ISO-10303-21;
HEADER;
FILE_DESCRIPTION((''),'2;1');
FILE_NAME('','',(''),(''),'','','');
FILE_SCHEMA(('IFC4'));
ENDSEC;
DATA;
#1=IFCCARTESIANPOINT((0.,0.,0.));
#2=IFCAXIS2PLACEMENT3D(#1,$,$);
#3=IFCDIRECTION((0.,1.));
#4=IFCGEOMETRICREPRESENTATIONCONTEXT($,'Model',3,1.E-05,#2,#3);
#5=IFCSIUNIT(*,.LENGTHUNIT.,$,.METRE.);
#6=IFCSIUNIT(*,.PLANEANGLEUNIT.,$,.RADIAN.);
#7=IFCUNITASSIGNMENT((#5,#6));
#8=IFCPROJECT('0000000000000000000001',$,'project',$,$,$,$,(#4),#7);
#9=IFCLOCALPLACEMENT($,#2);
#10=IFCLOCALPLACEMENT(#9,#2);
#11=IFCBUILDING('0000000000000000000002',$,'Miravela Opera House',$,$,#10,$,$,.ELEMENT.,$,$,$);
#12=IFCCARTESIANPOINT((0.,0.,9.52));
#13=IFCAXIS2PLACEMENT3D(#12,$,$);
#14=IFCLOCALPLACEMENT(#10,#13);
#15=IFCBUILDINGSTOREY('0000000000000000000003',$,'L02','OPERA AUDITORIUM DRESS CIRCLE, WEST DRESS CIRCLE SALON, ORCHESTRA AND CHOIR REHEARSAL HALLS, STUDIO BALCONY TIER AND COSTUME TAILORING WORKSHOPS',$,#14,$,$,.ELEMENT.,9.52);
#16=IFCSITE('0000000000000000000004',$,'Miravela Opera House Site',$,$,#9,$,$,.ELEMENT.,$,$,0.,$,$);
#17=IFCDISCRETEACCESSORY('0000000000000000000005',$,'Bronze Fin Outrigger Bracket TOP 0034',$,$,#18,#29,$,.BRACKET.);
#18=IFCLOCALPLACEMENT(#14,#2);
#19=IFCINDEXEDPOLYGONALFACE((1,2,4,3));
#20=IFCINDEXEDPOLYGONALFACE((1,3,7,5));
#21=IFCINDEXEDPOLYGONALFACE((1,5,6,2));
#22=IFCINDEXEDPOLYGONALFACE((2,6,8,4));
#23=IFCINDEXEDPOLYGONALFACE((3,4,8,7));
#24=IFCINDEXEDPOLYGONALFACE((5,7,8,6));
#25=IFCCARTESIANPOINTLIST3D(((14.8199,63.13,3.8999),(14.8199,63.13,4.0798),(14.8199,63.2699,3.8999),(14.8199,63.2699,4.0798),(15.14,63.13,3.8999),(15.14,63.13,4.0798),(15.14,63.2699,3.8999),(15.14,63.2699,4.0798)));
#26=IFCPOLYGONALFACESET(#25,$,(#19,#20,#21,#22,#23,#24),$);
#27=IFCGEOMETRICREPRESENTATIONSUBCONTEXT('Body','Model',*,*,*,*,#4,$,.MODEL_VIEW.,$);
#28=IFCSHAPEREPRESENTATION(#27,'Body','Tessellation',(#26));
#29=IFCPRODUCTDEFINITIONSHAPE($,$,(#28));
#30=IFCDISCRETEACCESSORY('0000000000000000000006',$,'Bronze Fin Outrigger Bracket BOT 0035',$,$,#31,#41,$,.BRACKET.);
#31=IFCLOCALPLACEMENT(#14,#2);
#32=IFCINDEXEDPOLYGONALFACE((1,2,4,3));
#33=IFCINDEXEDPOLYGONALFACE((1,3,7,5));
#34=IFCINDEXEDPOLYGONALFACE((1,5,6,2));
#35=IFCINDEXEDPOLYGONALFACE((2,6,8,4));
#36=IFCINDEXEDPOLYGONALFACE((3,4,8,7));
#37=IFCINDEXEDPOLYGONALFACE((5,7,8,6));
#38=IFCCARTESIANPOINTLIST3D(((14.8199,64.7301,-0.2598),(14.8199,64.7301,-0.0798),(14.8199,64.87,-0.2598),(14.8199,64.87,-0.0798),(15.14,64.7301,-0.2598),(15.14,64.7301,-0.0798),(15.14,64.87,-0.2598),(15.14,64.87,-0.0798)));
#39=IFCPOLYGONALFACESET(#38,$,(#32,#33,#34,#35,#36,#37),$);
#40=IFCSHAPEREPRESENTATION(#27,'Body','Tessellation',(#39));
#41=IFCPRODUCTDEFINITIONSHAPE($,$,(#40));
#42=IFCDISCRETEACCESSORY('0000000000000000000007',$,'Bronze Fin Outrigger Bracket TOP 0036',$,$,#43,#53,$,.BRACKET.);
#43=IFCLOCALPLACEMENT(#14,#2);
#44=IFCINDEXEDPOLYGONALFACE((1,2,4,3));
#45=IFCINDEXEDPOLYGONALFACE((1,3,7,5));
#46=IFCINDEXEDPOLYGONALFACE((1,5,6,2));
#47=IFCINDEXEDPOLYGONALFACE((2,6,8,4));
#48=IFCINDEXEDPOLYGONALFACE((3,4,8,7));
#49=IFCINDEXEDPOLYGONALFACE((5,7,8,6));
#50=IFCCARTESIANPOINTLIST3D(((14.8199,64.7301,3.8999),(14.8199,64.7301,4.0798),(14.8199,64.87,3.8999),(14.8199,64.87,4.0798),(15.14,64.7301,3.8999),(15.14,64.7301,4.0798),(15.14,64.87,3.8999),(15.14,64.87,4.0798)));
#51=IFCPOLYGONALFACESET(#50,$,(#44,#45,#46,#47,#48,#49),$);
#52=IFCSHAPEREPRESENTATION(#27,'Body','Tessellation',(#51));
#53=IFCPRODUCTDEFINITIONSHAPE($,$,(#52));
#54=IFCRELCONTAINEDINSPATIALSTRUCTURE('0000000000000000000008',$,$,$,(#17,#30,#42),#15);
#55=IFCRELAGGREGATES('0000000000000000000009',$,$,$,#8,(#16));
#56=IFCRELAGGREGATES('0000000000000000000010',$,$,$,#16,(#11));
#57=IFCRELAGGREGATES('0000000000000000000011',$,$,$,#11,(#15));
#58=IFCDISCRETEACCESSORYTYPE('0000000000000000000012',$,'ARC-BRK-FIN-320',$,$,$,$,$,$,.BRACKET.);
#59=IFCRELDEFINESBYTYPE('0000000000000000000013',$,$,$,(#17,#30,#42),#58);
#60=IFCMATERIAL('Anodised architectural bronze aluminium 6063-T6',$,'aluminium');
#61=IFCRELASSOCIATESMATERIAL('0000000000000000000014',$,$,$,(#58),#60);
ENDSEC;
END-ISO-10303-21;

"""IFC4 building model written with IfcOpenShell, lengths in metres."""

from ifc_helpers import new_model, si_unit, direction, frame, origin, origin_2d, place, context, subcontext, project, spatial, rectangle, extrude, material, type_object, element, save


model = new_model("IFC4")

# Units and contexts
model_context = context("Model", 3, precision=1e-05, world=origin(), true_north=direction((0.0, 1.0)))
body_context = subcontext(model_context, "Body", "Model", "MODEL_VIEW")
ifc_project = project(units=[si_unit("LENGTHUNIT", "METRE"), si_unit("PLANEANGLEUNIT", "RADIAN")], contexts=[model_context])

# Site, building, storey
site_placement = place(None, origin())
site = spatial("IfcSite", under=ifc_project, at=site_placement, Name="Miravela Opera House Site", CompositionType="ELEMENT", RefElevation=0.0)
building_placement = place(site_placement, origin())
building = spatial("IfcBuilding", under=site, at=building_placement, Name="Miravela Opera House", CompositionType="ELEMENT")
storey_placement = place(building_placement, frame((0.0, 0.0, 9.52)))
storey = spatial("IfcBuildingStorey", under=building, at=storey_placement, Name="L02", Description="OPERA AUDITORIUM DRESS CIRCLE, WEST DRESS CIRCLE SALON, ORCHESTRA AND CHOIR REHEARSAL HALLS, STUDIO BALCONY TIER AND COSTUME TAILORING WORKSHOPS", CompositionType="ELEMENT", Elevation=9.52)

# Shared definitions
ifc_material_1 = material(Name="Anodised architectural bronze aluminium 6063-T6", Category="aluminium")

# Discrete accessories
discrete_accessory_type = type_object("IfcDiscreteAccessoryType", Name="ARC-BRK-FIN-320", PredefinedType="BRACKET", material=ifc_material_1)
for number, where, z_axis, x_axis, name in (
    (1, (14.98, 63.2, 3.8999), (0.0, 0.0, 1.0), (1.0, 0.0, 0.0), "Bronze Fin Outrigger Bracket TOP 0034"),
    (2, (14.98, 64.8, -0.2598), (0.0, 0.0, 1.0), (1.0, 0.0, 0.0), "Bronze Fin Outrigger Bracket BOT 0035"),
    (3, (14.98, 64.8, 3.8999), (0.0, 0.0, 1.0), (1.0, 0.0, 0.0), "Bronze Fin Outrigger Bracket TOP 0036"),
):
    element("IfcDiscreteAccessory", number, at=place(storey_placement, frame(where, z_axis=z_axis, x_axis=x_axis)), inside=storey, type_object=discrete_accessory_type, Name=name, PredefinedType="BRACKET", context=body_context, shape_type="SweptSolid", body=[
        extrude(rectangle(XDim=0.3201, YDim=0.1399, at=origin_2d()), origin(), (0.0, 0.0, 1.0), 0.1799),
    ])

save(model, "model.ifc")
